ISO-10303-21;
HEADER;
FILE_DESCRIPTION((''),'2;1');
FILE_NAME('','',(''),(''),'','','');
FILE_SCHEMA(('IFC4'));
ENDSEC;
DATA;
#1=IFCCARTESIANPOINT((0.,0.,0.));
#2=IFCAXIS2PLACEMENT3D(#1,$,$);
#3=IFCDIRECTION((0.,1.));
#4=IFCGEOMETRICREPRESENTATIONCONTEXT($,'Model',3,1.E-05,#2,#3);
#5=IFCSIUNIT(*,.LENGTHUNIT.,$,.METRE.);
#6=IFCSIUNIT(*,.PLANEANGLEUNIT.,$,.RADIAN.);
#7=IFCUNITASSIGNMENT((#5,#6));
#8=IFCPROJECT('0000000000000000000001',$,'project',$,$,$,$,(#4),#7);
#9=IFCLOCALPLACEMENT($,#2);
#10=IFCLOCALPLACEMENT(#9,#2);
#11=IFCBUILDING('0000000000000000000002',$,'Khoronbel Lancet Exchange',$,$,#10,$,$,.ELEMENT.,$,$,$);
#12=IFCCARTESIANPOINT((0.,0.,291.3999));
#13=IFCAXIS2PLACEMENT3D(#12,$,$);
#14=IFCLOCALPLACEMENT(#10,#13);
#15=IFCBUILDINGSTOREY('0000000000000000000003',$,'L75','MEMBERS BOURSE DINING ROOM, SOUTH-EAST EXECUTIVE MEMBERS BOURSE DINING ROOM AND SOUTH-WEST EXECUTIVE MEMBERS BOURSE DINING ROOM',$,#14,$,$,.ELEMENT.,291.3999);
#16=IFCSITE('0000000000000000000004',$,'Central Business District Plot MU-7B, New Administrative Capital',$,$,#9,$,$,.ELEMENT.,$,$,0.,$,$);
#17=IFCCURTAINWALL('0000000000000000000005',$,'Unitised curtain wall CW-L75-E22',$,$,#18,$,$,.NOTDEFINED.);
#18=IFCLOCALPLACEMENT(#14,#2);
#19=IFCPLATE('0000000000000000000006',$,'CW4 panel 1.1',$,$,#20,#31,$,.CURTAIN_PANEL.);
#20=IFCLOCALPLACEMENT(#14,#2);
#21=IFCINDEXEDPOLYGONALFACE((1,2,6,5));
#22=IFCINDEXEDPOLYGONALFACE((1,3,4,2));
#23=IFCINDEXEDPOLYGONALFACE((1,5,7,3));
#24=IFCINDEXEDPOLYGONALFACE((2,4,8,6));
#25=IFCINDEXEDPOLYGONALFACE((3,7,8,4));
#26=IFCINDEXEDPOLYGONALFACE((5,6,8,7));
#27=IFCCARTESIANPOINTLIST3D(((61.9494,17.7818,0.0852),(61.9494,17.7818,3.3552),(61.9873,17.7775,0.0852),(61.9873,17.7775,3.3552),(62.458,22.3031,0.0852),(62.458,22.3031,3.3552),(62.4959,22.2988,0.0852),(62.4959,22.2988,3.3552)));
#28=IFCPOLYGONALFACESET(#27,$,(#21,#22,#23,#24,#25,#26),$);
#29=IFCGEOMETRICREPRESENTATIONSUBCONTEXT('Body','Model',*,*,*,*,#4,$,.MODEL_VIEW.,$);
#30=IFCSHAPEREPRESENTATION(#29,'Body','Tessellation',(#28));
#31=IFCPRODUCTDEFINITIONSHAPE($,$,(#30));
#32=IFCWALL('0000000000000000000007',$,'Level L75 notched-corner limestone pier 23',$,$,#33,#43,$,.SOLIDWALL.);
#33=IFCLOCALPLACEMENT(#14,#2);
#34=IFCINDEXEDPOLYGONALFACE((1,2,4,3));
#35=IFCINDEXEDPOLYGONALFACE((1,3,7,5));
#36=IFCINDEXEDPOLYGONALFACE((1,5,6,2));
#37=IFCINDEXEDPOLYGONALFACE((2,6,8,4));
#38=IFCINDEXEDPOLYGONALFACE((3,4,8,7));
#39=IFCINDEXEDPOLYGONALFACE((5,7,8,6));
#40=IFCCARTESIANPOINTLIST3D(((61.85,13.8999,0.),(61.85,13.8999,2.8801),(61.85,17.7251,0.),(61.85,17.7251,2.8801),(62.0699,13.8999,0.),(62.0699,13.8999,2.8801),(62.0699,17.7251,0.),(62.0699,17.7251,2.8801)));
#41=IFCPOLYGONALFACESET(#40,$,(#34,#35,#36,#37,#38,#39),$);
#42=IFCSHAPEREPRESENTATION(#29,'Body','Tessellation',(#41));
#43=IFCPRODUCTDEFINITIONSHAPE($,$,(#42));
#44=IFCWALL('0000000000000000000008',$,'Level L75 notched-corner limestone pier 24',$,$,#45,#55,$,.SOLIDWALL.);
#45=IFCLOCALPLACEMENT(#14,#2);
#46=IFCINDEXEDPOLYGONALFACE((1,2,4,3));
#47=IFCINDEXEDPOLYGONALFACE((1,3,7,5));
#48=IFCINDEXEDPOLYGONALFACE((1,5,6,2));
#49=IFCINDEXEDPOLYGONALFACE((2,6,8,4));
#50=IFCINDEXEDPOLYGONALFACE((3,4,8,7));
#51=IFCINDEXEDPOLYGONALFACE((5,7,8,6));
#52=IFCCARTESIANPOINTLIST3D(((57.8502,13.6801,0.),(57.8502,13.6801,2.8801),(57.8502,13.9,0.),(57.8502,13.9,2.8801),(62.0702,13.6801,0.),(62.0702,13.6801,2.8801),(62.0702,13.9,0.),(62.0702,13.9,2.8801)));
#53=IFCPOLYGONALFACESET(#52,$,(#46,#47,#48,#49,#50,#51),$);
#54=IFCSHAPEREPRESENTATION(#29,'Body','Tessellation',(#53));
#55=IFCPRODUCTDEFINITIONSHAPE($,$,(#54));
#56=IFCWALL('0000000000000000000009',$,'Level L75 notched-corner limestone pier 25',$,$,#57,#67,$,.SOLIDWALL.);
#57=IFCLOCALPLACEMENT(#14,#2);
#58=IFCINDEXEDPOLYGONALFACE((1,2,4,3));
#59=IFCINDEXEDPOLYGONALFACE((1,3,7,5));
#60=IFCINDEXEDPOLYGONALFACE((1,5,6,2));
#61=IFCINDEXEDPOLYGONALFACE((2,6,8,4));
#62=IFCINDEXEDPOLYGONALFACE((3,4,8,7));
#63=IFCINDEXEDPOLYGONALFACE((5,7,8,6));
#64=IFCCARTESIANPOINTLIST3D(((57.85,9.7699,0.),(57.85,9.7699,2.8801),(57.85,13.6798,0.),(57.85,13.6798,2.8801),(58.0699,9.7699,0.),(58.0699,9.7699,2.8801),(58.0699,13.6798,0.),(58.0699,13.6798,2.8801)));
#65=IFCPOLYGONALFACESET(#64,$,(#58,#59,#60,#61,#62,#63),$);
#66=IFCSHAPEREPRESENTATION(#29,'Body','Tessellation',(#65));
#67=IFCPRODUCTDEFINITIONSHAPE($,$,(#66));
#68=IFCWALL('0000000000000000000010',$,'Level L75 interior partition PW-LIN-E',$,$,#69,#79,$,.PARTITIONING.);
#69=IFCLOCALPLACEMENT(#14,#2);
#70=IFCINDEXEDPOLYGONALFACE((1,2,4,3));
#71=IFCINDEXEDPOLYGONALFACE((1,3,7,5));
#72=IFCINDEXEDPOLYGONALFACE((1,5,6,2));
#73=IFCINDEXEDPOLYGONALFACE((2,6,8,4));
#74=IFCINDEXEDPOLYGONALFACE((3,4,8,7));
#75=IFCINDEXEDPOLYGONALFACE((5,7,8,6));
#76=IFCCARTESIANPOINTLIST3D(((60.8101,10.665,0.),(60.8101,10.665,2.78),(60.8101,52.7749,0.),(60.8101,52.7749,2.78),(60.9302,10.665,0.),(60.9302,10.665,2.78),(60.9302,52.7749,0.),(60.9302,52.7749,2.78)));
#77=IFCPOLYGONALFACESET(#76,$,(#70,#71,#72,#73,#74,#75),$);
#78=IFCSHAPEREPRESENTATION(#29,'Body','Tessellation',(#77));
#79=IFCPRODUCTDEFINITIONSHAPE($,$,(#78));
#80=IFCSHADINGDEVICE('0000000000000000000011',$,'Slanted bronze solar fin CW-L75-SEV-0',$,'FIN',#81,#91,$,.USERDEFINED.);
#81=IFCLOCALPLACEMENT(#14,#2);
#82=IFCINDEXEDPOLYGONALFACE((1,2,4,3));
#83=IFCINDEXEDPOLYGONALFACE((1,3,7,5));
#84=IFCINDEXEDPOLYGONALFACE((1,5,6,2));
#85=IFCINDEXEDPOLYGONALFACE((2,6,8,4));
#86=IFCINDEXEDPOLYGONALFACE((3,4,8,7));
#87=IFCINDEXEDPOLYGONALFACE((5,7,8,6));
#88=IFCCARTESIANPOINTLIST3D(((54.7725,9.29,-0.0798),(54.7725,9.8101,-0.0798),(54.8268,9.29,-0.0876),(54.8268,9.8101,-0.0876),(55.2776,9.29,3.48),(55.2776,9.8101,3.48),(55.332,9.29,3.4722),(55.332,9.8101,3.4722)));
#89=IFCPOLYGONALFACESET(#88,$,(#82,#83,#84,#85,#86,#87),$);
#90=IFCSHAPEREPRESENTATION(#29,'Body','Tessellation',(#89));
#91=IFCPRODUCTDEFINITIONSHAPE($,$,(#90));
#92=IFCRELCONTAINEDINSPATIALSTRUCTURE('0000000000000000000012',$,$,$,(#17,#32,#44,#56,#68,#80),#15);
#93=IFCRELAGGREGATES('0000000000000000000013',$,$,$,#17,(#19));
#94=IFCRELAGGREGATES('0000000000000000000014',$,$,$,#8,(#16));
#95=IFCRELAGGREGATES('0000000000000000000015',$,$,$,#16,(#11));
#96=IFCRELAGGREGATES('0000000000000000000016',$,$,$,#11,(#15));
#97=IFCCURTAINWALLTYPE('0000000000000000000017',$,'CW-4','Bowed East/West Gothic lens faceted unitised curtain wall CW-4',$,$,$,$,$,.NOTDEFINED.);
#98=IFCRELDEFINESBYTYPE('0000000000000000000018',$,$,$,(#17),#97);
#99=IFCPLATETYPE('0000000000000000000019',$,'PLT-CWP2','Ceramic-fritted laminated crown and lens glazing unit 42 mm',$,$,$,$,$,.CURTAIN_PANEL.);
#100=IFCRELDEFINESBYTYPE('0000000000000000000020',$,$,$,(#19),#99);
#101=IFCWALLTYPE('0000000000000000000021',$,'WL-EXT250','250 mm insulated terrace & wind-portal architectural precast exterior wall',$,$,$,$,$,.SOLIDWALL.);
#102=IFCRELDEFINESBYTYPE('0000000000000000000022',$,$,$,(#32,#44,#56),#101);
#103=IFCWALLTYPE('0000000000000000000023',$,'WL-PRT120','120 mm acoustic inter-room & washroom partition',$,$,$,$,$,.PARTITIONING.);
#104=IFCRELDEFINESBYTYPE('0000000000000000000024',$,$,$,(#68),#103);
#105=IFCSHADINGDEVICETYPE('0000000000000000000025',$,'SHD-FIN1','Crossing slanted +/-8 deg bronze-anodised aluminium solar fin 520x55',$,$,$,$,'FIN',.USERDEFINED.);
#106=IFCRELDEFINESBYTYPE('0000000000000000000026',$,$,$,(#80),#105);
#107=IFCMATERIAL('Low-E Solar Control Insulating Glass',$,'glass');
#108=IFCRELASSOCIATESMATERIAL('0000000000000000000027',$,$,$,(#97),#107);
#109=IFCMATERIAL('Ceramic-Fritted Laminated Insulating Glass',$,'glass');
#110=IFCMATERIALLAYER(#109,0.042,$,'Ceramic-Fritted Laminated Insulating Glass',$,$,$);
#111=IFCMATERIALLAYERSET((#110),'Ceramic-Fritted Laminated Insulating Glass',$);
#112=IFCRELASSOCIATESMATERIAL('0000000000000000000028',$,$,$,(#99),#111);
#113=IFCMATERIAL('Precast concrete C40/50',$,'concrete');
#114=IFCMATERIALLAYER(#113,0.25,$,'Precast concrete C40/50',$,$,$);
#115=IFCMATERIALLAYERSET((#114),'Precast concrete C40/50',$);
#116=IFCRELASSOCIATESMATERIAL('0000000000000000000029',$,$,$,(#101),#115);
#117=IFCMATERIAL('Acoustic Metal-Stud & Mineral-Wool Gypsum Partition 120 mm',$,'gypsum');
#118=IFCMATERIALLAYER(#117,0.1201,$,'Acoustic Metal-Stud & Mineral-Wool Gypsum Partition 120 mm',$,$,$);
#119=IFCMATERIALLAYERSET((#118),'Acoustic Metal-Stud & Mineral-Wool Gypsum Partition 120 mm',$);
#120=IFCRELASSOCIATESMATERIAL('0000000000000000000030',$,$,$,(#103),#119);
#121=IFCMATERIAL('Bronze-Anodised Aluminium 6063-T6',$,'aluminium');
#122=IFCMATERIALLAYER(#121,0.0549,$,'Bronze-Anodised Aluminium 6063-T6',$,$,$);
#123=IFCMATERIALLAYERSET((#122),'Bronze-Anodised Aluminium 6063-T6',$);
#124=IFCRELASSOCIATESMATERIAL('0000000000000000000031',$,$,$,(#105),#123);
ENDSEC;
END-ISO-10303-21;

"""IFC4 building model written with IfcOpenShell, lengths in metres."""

from ifc_helpers import new_model, si_unit, direction, frame, frame_2d, origin, origin_2d, place, context, subcontext, project, spatial, polyline, rectangle, outline, extrude, material, layer, layer_set, type_object, element, aggregate, save


model = new_model("IFC4")

# Units and contexts
model_context = context("Model", 3, precision=1e-05, world=origin(), true_north=direction((0.0, 1.0)))
body_context = subcontext(model_context, "Body", "Model", "MODEL_VIEW")
ifc_project = project(units=[si_unit("LENGTHUNIT", "METRE"), si_unit("PLANEANGLEUNIT", "RADIAN")], contexts=[model_context])

# Site, building, storey
site_placement = place(None, origin())
site = spatial("IfcSite", under=ifc_project, at=site_placement, Name="Central Business District Plot MU-7B, New Administrative Capital", CompositionType="ELEMENT", RefElevation=0.0)
building_placement = place(site_placement, origin())
building = spatial("IfcBuilding", under=site, at=building_placement, Name="Khoronbel Lancet Exchange", CompositionType="ELEMENT")
storey_placement = place(building_placement, frame((0.0, 0.0, 291.3999)))
storey = spatial("IfcBuildingStorey", under=building, at=storey_placement, Name="L75", Description="MEMBERS BOURSE DINING ROOM, SOUTH-EAST EXECUTIVE MEMBERS BOURSE DINING ROOM AND SOUTH-WEST EXECUTIVE MEMBERS BOURSE DINING ROOM", CompositionType="ELEMENT", Elevation=291.3999)

# Shared definitions
ifc_material_1 = material(Name="Low-E Solar Control Insulating Glass", Category="glass")
ifc_material_2 = material(Name="Bronze-Anodised Aluminium 6063-T6", Category="aluminium")

# Shared definitions
curtain_wall_type_1 = type_object("IfcCurtainWallType", Name="CW-4", Description="Bowed East/West Gothic lens faceted unitised curtain wall CW-4", PredefinedType="NOTDEFINED", material=ifc_material_1)

# Curtain wall
curtain_wall_1_placement = place(storey_placement, origin())
curtain_wall_1 = element("IfcCurtainWall", 1, at=curtain_wall_1_placement, inside=storey, type_object=curtain_wall_type_1, Name="Unitised curtain wall CW-L75-E22", PredefinedType="NOTDEFINED")

# Plate
ifc_material_3 = material(Name="Ceramic-Fritted Laminated Insulating Glass", Category="glass")
ifc_layer_1 = layer(ifc_material_3, 0.042, Name="Ceramic-Fritted Laminated Insulating Glass")
ifc_layer_set_1 = layer_set([ifc_layer_1], Name="Ceramic-Fritted Laminated Insulating Glass")
plate_type_1 = type_object("IfcPlateType", Name="PLT-CWP2", Description="Ceramic-fritted laminated crown and lens glazing unit 42 mm", PredefinedType="CURTAIN_PANEL", material=ifc_layer_set_1)
plate_1_placement = place(storey_placement, frame((62.2227, 20.0403, 0.0852), z_axis=(0.0, 0.0, 1.0), x_axis=(-0.111791, -0.993732, 0.0)))
plate_1 = element("IfcPlate", 2, at=plate_1_placement, type_object=plate_type_1, Name="CW4 panel 1.1", PredefinedType="CURTAIN_PANEL", context=body_context, shape_type="SweptSolid", body=[
    extrude(rectangle(XDim=4.5498, YDim=0.0381, at=origin_2d()), origin(), (0.0, 0.0, 1.0), 3.27),
])
aggregate(curtain_wall_1, [plate_1])

# Walls
ifc_material_4 = material(Name="Precast concrete C40/50", Category="concrete")
ifc_layer_2 = layer(ifc_material_4, 0.25, Name="Precast concrete C40/50")
ifc_layer_set_2 = layer_set([ifc_layer_2], Name="Precast concrete C40/50")
wall_type_1 = type_object("IfcWallType", Name="WL-EXT250", Description="250 mm insulated terrace & wind-portal architectural precast exterior wall", PredefinedType="SOLIDWALL", material=ifc_layer_set_2)
wall_1_placement = place(storey_placement, frame((61.96, 17.7251, 0.0), z_axis=(0.0, 0.0, 1.0), x_axis=(0.0, -1.0, 0.0)))
element("IfcWall", 3, at=wall_1_placement, inside=storey, type_object=wall_type_1, Name="Level L75 notched-corner limestone pier 23", PredefinedType="SOLIDWALL", context=body_context, shape_type="SweptSolid", body=[
    extrude(rectangle(XDim=3.8252, YDim=0.22, at=frame_2d((1.9126, 0.0))), origin(), (0.0, 0.0, 1.0), 2.8801),
])
wall_2_placement = place(storey_placement, frame((62.0701, 13.79, 0.0), z_axis=(0.0, 0.0, 1.0), x_axis=(-1.0, 0.0, 0.0)))
element("IfcWall", 4, at=wall_2_placement, inside=storey, type_object=wall_type_1, Name="Level L75 notched-corner limestone pier 24", PredefinedType="SOLIDWALL", context=body_context, shape_type="SweptSolid", body=[
    extrude(rectangle(XDim=4.22, YDim=0.22, at=frame_2d((2.1099, 0.0))), origin(), (0.0, 0.0, 1.0), 2.8801),
])
wall_3_placement = place(storey_placement, frame((57.96, 13.6799, 0.0), z_axis=(0.0, 0.0, 1.0), x_axis=(0.0, -1.0, 0.0)))
element("IfcWall", 5, at=wall_3_placement, inside=storey, type_object=wall_type_1, Name="Level L75 notched-corner limestone pier 25", PredefinedType="SOLIDWALL", context=body_context, shape_type="SweptSolid", body=[
    extrude(rectangle(XDim=3.9099, YDim=0.22, at=frame_2d((1.9551, 0.0))), origin(), (0.0, 0.0, 1.0), 2.8801),
])
ifc_material_5 = material(Name="Acoustic Metal-Stud & Mineral-Wool Gypsum Partition 120 mm", Category="gypsum")
ifc_layer_3 = layer(ifc_material_5, 0.1201, Name="Acoustic Metal-Stud & Mineral-Wool Gypsum Partition 120 mm")
ifc_layer_set_3 = layer_set([ifc_layer_3], Name="Acoustic Metal-Stud & Mineral-Wool Gypsum Partition 120 mm")
wall_type_2 = type_object("IfcWallType", Name="WL-PRT120", Description="120 mm acoustic inter-room & washroom partition", PredefinedType="PARTITIONING", material=ifc_layer_set_3)
wall_4_placement = place(storey_placement, frame((60.8701, 10.665, 0.0), z_axis=(0.0, 0.0, 1.0), x_axis=(0.0, 1.0, 0.0)))
element("IfcWall", 6, at=wall_4_placement, inside=storey, type_object=wall_type_2, Name="Level L75 interior partition PW-LIN-E", PredefinedType="PARTITIONING", context=body_context, shape_type="SweptSolid", body=[
    extrude(rectangle(XDim=42.1099, YDim=0.1201, at=frame_2d((21.0549, 0.0))), origin(), (0.0, 0.0, 1.0), 2.78),
])

# Shading device
ifc_layer_4 = layer(ifc_material_2, 0.0549, Name="Bronze-Anodised Aluminium 6063-T6")
ifc_layer_set_4 = layer_set([ifc_layer_4], Name="Bronze-Anodised Aluminium 6063-T6")
shading_device_type = type_object("IfcShadingDeviceType", Name="SHD-FIN1", Description="Crossing slanted +/-8 deg bronze-anodised aluminium solar fin 520x55", ElementType="FIN", PredefinedType="USERDEFINED", material=ifc_layer_set_4)
shading_device_placement = place(storey_placement, frame((54.7725, 9.8101, -0.0798), z_axis=(-0.990082, 0.0, 0.14049), x_axis=(0.0, -1.0, 0.0)))
element("IfcShadingDevice", 7, at=shading_device_placement, inside=storey, type_object=shading_device_type, Name="Slanted bronze solar fin CW-L75-SEV-0", ObjectType="FIN", PredefinedType="USERDEFINED", context=body_context, shape_type="SweptSolid", body=[
    extrude(outline(polyline([(0.0, 0.0), (0.52, 0.0), (0.52, 3.5955), (0.0, 3.5955), (0.0, 0.0)])), origin(), (0.0, 0.0, -1.0), 0.0549),
])

save(model, "model.ifc")
